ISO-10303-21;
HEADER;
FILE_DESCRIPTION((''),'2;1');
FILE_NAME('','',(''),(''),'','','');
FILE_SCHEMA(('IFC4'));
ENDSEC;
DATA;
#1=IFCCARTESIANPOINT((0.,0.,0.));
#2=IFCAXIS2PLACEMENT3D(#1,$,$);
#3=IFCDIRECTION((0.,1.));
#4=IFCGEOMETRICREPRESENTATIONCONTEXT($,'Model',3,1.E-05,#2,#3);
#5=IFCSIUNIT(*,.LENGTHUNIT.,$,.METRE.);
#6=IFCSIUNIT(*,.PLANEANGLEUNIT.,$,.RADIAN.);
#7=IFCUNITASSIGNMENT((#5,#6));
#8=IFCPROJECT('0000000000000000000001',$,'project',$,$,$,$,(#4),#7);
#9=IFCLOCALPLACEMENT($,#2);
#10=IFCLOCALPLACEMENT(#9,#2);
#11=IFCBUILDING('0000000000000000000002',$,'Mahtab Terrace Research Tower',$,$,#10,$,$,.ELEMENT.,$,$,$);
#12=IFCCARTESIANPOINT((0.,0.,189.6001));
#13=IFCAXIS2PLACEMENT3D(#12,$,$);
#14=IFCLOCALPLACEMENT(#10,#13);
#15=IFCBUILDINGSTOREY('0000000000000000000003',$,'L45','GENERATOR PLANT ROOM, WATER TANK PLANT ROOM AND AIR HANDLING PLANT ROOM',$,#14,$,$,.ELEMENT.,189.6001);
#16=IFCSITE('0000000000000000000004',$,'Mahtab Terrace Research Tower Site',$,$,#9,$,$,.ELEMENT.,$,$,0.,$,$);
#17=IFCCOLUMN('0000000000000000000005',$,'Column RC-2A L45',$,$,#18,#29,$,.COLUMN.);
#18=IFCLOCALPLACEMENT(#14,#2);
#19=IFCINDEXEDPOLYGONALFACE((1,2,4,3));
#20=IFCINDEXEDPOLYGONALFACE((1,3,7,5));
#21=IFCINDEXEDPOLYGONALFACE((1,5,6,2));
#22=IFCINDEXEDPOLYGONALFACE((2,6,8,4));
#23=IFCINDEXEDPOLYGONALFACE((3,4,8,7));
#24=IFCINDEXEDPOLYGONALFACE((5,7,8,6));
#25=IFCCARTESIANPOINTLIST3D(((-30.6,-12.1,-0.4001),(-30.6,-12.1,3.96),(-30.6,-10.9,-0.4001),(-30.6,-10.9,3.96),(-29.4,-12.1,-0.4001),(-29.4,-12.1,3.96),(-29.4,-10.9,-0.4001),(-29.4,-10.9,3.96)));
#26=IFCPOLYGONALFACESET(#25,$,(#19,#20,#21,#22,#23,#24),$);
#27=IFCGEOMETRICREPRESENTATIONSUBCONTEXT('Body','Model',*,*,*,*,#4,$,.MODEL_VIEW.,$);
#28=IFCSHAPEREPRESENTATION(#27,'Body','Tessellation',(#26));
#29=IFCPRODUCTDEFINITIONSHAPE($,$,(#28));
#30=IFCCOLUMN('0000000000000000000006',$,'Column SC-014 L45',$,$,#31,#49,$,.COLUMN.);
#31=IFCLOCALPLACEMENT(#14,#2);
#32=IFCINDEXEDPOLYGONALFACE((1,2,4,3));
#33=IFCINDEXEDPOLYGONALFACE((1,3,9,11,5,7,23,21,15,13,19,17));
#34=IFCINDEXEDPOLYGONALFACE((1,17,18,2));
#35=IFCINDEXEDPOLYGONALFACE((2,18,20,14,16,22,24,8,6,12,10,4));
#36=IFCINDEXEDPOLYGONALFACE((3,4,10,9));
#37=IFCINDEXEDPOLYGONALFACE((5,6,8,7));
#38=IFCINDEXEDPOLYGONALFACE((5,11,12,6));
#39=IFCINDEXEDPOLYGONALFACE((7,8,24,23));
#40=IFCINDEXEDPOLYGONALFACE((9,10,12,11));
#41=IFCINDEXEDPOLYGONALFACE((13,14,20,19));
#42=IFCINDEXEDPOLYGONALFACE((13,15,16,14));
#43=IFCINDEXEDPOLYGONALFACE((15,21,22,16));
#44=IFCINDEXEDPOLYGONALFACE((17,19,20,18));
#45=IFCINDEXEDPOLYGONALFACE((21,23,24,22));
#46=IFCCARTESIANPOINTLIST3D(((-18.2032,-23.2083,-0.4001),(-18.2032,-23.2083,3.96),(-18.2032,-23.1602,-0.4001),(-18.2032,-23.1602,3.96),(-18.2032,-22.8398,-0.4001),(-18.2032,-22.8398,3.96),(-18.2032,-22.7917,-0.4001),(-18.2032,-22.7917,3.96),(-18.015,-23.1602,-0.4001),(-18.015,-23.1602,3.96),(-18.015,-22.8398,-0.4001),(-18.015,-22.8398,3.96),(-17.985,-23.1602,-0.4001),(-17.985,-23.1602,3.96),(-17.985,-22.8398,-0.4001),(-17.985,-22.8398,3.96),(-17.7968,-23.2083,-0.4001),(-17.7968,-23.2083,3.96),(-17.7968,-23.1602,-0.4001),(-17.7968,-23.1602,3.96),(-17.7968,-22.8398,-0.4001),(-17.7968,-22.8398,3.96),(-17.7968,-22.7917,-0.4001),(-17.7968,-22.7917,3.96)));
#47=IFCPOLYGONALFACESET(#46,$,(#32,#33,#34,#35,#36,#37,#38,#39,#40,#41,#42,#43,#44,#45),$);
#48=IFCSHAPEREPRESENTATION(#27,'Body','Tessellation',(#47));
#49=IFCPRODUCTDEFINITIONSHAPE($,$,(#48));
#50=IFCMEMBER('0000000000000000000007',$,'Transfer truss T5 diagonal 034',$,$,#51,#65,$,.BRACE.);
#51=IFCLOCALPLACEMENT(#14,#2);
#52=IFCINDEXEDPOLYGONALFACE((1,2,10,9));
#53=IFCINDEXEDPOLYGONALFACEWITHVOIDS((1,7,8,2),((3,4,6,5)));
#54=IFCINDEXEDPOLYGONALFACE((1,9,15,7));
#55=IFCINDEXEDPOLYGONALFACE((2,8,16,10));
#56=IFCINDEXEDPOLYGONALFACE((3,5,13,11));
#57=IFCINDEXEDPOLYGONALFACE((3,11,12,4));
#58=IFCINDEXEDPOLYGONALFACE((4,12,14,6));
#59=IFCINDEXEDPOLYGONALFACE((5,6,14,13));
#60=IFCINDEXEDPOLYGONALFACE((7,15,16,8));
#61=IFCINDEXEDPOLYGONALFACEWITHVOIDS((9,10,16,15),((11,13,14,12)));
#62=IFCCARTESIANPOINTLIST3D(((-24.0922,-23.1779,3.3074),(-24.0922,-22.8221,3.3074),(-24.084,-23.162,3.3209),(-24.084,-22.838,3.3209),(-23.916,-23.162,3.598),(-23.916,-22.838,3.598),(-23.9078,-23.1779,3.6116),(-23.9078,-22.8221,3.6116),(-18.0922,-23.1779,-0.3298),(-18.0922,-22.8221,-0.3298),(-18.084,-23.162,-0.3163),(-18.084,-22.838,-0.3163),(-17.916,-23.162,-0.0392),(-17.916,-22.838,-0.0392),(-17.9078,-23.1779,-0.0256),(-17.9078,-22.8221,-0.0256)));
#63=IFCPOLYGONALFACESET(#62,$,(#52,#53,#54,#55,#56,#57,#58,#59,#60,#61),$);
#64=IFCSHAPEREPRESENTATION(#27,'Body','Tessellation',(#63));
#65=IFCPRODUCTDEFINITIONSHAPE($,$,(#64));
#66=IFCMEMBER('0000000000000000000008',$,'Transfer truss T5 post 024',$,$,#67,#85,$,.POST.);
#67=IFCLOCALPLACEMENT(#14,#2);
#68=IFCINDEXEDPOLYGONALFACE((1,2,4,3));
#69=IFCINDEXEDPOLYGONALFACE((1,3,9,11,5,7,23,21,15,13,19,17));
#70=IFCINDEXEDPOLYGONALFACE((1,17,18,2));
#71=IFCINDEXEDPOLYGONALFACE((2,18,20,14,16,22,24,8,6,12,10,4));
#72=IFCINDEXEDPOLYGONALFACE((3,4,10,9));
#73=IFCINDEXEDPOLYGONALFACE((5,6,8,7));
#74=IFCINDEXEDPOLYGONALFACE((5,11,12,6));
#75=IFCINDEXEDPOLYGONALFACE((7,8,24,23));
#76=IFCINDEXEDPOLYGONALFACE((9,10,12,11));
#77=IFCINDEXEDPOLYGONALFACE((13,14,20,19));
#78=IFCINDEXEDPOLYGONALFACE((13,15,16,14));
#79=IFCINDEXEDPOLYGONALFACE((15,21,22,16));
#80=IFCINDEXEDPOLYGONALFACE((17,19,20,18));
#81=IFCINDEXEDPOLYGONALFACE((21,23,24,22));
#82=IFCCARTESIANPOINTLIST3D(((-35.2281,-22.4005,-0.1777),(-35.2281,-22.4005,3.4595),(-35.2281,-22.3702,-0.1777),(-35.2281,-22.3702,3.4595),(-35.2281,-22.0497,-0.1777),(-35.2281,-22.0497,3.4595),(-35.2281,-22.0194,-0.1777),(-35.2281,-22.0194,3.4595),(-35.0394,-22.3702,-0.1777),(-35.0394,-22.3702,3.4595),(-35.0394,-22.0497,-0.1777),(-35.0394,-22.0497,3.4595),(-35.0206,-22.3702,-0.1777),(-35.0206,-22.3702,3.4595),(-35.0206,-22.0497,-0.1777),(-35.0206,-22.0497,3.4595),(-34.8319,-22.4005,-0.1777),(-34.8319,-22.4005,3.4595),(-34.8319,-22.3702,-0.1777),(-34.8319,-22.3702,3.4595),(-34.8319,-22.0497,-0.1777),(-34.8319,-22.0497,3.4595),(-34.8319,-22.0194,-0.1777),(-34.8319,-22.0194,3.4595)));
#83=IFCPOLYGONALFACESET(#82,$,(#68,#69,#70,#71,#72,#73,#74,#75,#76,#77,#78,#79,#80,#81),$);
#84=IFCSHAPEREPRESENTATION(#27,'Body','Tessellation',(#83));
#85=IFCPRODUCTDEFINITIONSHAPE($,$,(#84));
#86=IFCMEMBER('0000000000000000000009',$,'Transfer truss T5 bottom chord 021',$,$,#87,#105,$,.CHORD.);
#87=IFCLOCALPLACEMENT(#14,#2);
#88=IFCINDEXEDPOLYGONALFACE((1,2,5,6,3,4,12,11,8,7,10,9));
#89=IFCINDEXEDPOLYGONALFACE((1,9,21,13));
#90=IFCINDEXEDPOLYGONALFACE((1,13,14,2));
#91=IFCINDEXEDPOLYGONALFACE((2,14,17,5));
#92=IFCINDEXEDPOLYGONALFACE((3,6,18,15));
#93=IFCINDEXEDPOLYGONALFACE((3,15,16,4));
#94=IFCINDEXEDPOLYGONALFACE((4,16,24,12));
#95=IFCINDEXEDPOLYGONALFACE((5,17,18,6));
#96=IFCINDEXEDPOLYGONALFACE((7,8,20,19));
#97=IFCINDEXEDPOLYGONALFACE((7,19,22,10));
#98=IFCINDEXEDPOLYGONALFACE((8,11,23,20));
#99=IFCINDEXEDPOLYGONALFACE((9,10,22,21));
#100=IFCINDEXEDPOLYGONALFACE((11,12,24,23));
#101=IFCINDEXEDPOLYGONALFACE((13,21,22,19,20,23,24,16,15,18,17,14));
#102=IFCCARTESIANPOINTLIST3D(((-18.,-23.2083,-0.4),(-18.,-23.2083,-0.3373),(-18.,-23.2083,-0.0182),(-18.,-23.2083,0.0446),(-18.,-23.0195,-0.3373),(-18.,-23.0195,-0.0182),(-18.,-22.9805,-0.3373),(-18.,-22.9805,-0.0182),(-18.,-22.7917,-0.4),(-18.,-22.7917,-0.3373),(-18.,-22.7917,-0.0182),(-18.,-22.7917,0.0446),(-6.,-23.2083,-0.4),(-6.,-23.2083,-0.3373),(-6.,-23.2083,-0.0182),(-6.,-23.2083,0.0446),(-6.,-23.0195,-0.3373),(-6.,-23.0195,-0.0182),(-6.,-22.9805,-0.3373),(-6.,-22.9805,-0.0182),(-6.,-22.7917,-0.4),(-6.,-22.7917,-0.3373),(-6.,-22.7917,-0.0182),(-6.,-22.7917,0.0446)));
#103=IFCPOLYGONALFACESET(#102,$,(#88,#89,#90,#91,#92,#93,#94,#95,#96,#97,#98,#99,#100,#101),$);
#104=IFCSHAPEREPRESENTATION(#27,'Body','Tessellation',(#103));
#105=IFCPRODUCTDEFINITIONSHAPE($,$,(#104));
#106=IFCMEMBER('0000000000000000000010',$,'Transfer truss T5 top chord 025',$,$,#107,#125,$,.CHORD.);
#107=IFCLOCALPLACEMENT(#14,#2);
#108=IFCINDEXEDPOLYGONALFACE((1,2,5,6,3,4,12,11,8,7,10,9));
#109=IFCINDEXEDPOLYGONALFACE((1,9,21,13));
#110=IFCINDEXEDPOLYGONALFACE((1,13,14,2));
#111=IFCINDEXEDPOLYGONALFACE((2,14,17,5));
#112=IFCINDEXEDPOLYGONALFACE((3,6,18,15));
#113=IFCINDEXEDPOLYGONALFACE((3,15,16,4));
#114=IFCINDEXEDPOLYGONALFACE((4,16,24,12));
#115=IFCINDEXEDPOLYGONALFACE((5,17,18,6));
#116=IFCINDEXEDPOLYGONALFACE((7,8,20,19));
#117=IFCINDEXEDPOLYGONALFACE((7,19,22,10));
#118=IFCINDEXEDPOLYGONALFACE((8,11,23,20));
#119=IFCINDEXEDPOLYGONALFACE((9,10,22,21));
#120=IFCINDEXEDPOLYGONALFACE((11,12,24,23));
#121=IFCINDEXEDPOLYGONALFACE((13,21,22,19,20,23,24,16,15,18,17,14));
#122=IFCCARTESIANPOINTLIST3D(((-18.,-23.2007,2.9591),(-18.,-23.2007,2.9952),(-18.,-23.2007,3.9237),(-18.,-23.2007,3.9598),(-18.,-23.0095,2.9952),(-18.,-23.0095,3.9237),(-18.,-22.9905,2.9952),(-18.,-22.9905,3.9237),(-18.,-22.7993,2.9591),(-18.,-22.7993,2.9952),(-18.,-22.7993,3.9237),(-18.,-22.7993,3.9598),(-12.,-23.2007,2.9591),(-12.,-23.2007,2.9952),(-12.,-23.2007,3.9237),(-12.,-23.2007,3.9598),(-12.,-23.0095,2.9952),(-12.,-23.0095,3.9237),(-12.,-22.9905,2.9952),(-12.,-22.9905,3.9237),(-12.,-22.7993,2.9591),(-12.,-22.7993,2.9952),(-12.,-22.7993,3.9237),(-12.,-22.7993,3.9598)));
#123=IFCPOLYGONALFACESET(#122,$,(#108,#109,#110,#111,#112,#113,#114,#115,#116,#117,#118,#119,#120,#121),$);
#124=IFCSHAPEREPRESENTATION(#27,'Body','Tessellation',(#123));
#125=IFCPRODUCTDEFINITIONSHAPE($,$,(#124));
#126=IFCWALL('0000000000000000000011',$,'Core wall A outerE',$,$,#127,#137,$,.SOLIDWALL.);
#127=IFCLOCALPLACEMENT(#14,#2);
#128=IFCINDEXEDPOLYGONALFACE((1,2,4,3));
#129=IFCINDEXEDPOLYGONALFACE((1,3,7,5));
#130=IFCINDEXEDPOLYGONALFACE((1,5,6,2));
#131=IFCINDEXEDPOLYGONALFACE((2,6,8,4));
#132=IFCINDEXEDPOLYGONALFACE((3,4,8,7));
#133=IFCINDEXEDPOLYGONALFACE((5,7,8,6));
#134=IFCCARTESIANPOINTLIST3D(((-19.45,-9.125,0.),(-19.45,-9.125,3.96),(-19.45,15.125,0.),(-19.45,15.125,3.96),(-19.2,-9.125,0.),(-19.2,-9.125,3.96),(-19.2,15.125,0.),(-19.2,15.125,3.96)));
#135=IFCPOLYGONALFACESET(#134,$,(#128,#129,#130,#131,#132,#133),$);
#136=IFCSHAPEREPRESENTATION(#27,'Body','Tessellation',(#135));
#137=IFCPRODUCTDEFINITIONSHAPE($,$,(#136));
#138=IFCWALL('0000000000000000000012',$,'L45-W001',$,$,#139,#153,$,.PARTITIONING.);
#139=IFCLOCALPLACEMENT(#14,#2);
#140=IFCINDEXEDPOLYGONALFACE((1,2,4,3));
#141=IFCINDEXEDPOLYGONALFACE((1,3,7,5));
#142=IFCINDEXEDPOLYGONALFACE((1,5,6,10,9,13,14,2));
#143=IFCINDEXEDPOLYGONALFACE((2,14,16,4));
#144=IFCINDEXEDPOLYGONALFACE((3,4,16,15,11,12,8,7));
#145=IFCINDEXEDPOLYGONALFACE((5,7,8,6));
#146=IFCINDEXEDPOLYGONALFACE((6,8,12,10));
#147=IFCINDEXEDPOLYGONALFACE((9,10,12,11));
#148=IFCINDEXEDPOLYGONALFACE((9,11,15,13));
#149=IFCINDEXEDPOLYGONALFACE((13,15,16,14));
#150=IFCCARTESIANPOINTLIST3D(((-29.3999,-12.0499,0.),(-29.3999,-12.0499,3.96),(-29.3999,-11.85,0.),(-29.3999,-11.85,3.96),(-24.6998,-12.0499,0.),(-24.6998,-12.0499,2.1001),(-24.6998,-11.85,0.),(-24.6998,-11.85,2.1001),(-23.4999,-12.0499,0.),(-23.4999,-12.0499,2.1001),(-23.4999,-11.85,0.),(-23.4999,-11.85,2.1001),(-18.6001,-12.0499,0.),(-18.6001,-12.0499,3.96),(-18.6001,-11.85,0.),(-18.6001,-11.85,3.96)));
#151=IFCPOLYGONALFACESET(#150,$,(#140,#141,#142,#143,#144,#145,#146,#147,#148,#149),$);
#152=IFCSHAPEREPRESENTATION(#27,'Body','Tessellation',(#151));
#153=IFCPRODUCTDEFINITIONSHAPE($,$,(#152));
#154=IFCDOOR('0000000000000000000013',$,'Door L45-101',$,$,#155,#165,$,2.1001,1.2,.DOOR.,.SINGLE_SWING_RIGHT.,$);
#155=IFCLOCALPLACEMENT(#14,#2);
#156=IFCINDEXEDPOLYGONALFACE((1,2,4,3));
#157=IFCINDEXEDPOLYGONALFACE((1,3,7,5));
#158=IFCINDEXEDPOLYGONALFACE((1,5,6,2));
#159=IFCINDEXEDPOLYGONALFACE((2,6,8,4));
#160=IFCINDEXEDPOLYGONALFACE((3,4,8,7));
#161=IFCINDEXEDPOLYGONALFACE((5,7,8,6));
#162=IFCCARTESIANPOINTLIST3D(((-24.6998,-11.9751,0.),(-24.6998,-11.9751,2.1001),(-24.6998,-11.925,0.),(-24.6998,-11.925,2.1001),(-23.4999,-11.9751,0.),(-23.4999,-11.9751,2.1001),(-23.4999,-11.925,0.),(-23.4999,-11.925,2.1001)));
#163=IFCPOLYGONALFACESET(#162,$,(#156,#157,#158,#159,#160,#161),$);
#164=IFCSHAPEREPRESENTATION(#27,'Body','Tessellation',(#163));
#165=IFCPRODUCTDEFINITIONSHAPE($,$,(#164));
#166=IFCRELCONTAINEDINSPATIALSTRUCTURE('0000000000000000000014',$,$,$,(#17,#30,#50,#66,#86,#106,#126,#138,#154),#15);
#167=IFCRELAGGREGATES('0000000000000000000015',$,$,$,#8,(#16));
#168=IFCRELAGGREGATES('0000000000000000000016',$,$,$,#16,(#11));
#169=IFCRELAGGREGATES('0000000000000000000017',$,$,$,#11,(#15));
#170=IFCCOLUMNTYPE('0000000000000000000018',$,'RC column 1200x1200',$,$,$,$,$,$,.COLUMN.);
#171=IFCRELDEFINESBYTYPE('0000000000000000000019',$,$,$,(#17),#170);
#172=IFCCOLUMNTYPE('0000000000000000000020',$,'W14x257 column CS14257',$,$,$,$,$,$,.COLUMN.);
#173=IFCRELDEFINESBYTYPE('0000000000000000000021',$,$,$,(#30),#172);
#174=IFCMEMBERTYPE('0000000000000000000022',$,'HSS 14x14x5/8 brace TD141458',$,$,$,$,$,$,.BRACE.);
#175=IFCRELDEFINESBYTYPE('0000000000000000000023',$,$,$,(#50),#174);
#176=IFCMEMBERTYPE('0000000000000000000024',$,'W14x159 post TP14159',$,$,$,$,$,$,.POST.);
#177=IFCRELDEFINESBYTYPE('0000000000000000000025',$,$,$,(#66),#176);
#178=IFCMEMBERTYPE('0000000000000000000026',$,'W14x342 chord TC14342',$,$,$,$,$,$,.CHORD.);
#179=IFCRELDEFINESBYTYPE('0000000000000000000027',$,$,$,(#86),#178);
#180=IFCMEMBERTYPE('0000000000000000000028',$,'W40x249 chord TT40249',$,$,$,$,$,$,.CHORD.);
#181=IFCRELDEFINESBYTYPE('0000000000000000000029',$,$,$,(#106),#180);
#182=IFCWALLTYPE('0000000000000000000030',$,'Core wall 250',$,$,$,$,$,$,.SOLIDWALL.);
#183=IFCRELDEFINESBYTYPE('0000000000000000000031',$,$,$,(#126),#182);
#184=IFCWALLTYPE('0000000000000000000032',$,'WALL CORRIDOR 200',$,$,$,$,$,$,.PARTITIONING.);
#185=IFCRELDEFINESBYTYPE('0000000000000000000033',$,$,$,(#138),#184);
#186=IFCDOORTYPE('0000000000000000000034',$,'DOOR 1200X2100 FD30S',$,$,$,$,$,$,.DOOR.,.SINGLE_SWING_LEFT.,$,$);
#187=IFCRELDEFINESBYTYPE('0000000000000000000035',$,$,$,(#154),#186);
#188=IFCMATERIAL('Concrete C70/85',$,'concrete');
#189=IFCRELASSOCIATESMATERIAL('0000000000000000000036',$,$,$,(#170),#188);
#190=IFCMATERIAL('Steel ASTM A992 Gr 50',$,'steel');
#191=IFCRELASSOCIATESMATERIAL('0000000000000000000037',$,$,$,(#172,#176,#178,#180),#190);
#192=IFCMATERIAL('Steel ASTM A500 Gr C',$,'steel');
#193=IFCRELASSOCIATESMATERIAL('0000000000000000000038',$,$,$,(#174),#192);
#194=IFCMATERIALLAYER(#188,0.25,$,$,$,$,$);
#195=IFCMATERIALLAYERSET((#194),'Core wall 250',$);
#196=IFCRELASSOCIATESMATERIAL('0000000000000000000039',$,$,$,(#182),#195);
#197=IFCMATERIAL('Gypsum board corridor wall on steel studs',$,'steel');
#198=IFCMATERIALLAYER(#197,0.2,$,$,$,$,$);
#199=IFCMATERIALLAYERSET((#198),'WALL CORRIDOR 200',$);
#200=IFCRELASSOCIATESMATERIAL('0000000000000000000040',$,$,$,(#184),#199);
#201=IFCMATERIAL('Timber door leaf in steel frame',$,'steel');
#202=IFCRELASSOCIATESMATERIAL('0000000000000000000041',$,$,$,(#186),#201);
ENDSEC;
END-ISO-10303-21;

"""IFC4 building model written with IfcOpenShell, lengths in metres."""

from ifc_helpers import new_model, si_unit, direction, frame, frame_2d, origin, origin_2d, place, context, subcontext, project, spatial, rectangle, hollow_rectangle, i_section, extrude, material, layer, layer_set, material_profile, profile_set, type_object, element, fill, save


model = new_model("IFC4")

# Units and contexts
model_context = context("Model", 3, precision=1e-05, world=origin(), true_north=direction((0.0, 1.0)))
body_context = subcontext(model_context, "Body", "Model", "MODEL_VIEW")
ifc_project = project(units=[si_unit("LENGTHUNIT", "METRE"), si_unit("PLANEANGLEUNIT", "RADIAN")], contexts=[model_context])

# Site, building, storey
site_placement = place(None, origin())
site = spatial("IfcSite", under=ifc_project, at=site_placement, Name="Mahtab Terrace Research Tower Site", CompositionType="ELEMENT", RefElevation=0.0)
building_placement = place(site_placement, origin())
building = spatial("IfcBuilding", under=site, at=building_placement, Name="Mahtab Terrace Research Tower", CompositionType="ELEMENT")
storey_placement = place(building_placement, frame((0.0, 0.0, 189.6001)))
storey = spatial("IfcBuildingStorey", under=building, at=storey_placement, Name="L45", Description="GENERATOR PLANT ROOM, WATER TANK PLANT ROOM AND AIR HANDLING PLANT ROOM", CompositionType="ELEMENT", Elevation=189.6001)

# Columns
ifc_material_1 = material(Name="Concrete C70/85", Category="concrete")
ifc_material_profile_1 = material_profile(ifc_material_1, rectangle(XDim=1.2, YDim=1.2, at=origin_2d()), Name="RC column 1200x1200")
ifc_profile_set_1 = profile_set([ifc_material_profile_1], Name="Concrete C70/85")
column_type_1 = type_object("IfcColumnType", Name="RC column 1200x1200", PredefinedType="COLUMN", material=ifc_profile_set_1)
column_1_placement = place(storey_placement, frame((-30.0, -11.5, -0.4001), z_axis=(0.0, 0.0, 1.0), x_axis=(1.0, 0.0, 0.0)))
element("IfcColumn", 1, at=column_1_placement, inside=storey, type_object=column_type_1, Name="Column RC-2A L45", PredefinedType="COLUMN", context=body_context, shape_type="SweptSolid", body=[
    extrude(rectangle(XDim=1.2, YDim=1.2, at=origin_2d()), origin(), (0.0, 0.0, 1.0), 4.3601),
])
ifc_material_2 = material(Name="Steel ASTM A992 Gr 50", Category="steel")
ifc_material_profile_2 = material_profile(ifc_material_2, i_section(OverallWidth=0.4065, OverallDepth=0.4165, WebThickness=0.03, FlangeThickness=0.0481, at=origin_2d()), Name="W14X257")
ifc_profile_set_2 = profile_set([ifc_material_profile_2], Name="Steel ASTM A992 Gr 50")
column_type_2 = type_object("IfcColumnType", Name="W14x257 column CS14257", PredefinedType="COLUMN", material=ifc_profile_set_2)
column_2_placement = place(storey_placement, frame((-18.0, -23.0, -0.4001), z_axis=(0.0, 0.0, 1.0), x_axis=(1.0, 0.0, 0.0)))
element("IfcColumn", 2, at=column_2_placement, inside=storey, type_object=column_type_2, Name="Column SC-014 L45", PredefinedType="COLUMN", context=body_context, shape_type="SweptSolid", body=[
    extrude(i_section(OverallWidth=0.4065, OverallDepth=0.4165, WebThickness=0.03, FlangeThickness=0.0481, at=origin_2d()), origin(), (0.0, 0.0, 1.0), 4.3601),
])

# Members
ifc_material_3 = material(Name="Steel ASTM A500 Gr C", Category="steel")
ifc_material_profile_3 = material_profile(ifc_material_3, hollow_rectangle(XDim=0.3557, YDim=0.3557, WallThickness=0.0159, at=origin_2d()), Name="HSS14X14X5/8")
ifc_profile_set_3 = profile_set([ifc_material_profile_3], Name="Steel ASTM A500 Gr C")
member_type_1 = type_object("IfcMemberType", Name="HSS 14x14x5/8 brace TD141458", PredefinedType="BRACE", material=ifc_profile_set_3)
member_1_placement = place(storey_placement, frame((-18.0, -23.0, -0.1777), z_axis=(-0.855145, 0.0, 0.51839), x_axis=(0.0, -1.0, 0.0)))
element("IfcMember", 3, at=member_1_placement, inside=storey, type_object=member_type_1, Name="Transfer truss T5 diagonal 034", PredefinedType="BRACE", context=body_context, shape_type="SweptSolid", body=[
    extrude(hollow_rectangle(XDim=0.3557, YDim=0.3557, WallThickness=0.0159, at=origin_2d()), origin(), (0.0, 0.0, 1.0), 7.0164),
])
ifc_material_profile_4 = material_profile(ifc_material_2, i_section(OverallWidth=0.3962, OverallDepth=0.3811, WebThickness=0.0188, FlangeThickness=0.0303, at=origin_2d()), Name="W14X159")
ifc_profile_set_4 = profile_set([ifc_material_profile_4], Name="Steel ASTM A992 Gr 50")
member_type_2 = type_object("IfcMemberType", Name="W14x159 post TP14159", PredefinedType="POST", material=ifc_profile_set_4)
member_2_placement = place(storey_placement, frame((-35.03, -22.21, -0.1777), z_axis=(0.0, 0.0, 1.0), x_axis=(1.0, 0.0, 0.0)))
element("IfcMember", 4, at=member_2_placement, inside=storey, type_object=member_type_2, Name="Transfer truss T5 post 024", PredefinedType="POST", context=body_context, shape_type="SweptSolid", body=[
    extrude(i_section(OverallWidth=0.3962, OverallDepth=0.3811, WebThickness=0.0188, FlangeThickness=0.0303, at=origin_2d()), origin(), (0.0, 0.0, 1.0), 3.6372),
])
ifc_material_profile_5 = material_profile(ifc_material_2, i_section(OverallWidth=0.4165, OverallDepth=0.4446, WebThickness=0.0391, FlangeThickness=0.0627, at=origin_2d()), Name="W14X342")
ifc_profile_set_5 = profile_set([ifc_material_profile_5], Name="Steel ASTM A992 Gr 50")
member_type_3 = type_object("IfcMemberType", Name="W14x342 chord TC14342", PredefinedType="CHORD", material=ifc_profile_set_5)
member_3_placement = place(storey_placement, frame((-18.0, -23.0, -0.1777), z_axis=(1.0, 0.0, 0.0), x_axis=(0.0, 1.0, 0.0)))
element("IfcMember", 5, at=member_3_placement, inside=storey, type_object=member_type_3, Name="Transfer truss T5 bottom chord 021", PredefinedType="CHORD", context=body_context, shape_type="SweptSolid", body=[
    extrude(i_section(OverallWidth=0.4165, OverallDepth=0.4446, WebThickness=0.0391, FlangeThickness=0.0627, at=origin_2d()), origin(), (0.0, 0.0, 1.0), 12.0),
])
ifc_material_profile_6 = material_profile(ifc_material_2, i_section(OverallWidth=0.4014, OverallDepth=1.0007, WebThickness=0.019, FlangeThickness=0.0361, at=origin_2d()), Name="W40X249")
ifc_profile_set_6 = profile_set([ifc_material_profile_6], Name="Steel ASTM A992 Gr 50")
member_type_4 = type_object("IfcMemberType", Name="W40x249 chord TT40249", PredefinedType="CHORD", material=ifc_profile_set_6)
member_4_placement = place(storey_placement, frame((-18.0, -23.0, 3.4595), z_axis=(1.0, 0.0, 0.0), x_axis=(0.0, 1.0, 0.0)))
element("IfcMember", 6, at=member_4_placement, inside=storey, type_object=member_type_4, Name="Transfer truss T5 top chord 025", PredefinedType="CHORD", context=body_context, shape_type="SweptSolid", body=[
    extrude(i_section(OverallWidth=0.4014, OverallDepth=1.0007, WebThickness=0.019, FlangeThickness=0.0361, at=origin_2d()), origin(), (0.0, 0.0, 1.0), 6.0),
])

# Wall
ifc_layer_1 = layer(ifc_material_1, 0.25)
ifc_layer_set_1 = layer_set([ifc_layer_1], Name="Core wall 250")
wall_type_1 = type_object("IfcWallType", Name="Core wall 250", PredefinedType="SOLIDWALL", material=ifc_layer_set_1)
wall_1_placement = place(storey_placement, frame((-19.325, -9.125, 0.0), z_axis=(0.0, 0.0, 1.0), x_axis=(0.0, 1.0, 0.0)))
element("IfcWall", 7, at=wall_1_placement, inside=storey, type_object=wall_type_1, Name="Core wall A outerE", PredefinedType="SOLIDWALL", context=body_context, shape_type="SweptSolid", body=[
    extrude(rectangle(XDim=24.25, YDim=0.25, at=frame_2d((12.125, 0.0))), origin(), (0.0, 0.0, 1.0), 3.96),
])

# Wall, opening, door
ifc_material_4 = material(Name="Gypsum board corridor wall on steel studs", Category="steel")
ifc_layer_2 = layer(ifc_material_4, 0.2)
ifc_layer_set_2 = layer_set([ifc_layer_2], Name="WALL CORRIDOR 200")
wall_type_2 = type_object("IfcWallType", Name="WALL CORRIDOR 200", PredefinedType="PARTITIONING", material=ifc_layer_set_2)
wall_2_placement = place(storey_placement, frame((-29.3999, -11.95, 0.0), z_axis=(0.0, 0.0, 1.0), x_axis=(1.0, 0.0, 0.0)))
wall_2 = element("IfcWall", 8, at=wall_2_placement, inside=storey, type_object=wall_type_2, Name="L45-W001", PredefinedType="PARTITIONING", context=body_context, shape_type="SweptSolid", body=[
    extrude(rectangle(XDim=10.7998, YDim=0.2, at=frame_2d((5.3999, 0.0))), origin(), (0.0, 0.0, 1.0), 3.96),
])
opening_1_placement = place(wall_2_placement, frame((4.7, 0.0, 0.0)))
opening_1 = element("IfcOpeningElement", 9, at=opening_1_placement, cuts=wall_2, PredefinedType="OPENING", context=body_context, shape_type="SweptSolid", body=[
    extrude(rectangle(XDim=1.2, YDim=2.1001, at=frame_2d((0.6001, 1.05))), frame((0.0, 0.1099, 0.0), z_axis=(0.0, -1.0, 0.0), x_axis=(1.0, 0.0, 0.0)), (0.0, 0.0, 1.0), 0.22),
])
ifc_material_5 = material(Name="Timber door leaf in steel frame", Category="steel")
door_type_1 = type_object("IfcDoorType", Name="DOOR 1200X2100 FD30S", OperationType="SINGLE_SWING_LEFT", PredefinedType="DOOR", material=ifc_material_5)
door_1_placement = place(opening_1_placement, origin())
door_1 = element("IfcDoor", 10, at=door_1_placement, inside=storey, type_object=door_type_1, Name="Door L45-101", OperationType="SINGLE_SWING_RIGHT", OverallHeight=2.1001, OverallWidth=1.2, PredefinedType="DOOR", context=body_context, shape_type="SweptSolid", body=[
    extrude(rectangle(XDim=1.2, YDim=2.1001, at=frame_2d((0.6001, 1.05))), frame((0.0, 0.0249, 0.0), z_axis=(0.0, -1.0, 0.0), x_axis=(1.0, 0.0, 0.0)), (0.0, 0.0, 1.0), 0.05),
])
fill(opening_1, door_1)

save(model, "model.ifc")
